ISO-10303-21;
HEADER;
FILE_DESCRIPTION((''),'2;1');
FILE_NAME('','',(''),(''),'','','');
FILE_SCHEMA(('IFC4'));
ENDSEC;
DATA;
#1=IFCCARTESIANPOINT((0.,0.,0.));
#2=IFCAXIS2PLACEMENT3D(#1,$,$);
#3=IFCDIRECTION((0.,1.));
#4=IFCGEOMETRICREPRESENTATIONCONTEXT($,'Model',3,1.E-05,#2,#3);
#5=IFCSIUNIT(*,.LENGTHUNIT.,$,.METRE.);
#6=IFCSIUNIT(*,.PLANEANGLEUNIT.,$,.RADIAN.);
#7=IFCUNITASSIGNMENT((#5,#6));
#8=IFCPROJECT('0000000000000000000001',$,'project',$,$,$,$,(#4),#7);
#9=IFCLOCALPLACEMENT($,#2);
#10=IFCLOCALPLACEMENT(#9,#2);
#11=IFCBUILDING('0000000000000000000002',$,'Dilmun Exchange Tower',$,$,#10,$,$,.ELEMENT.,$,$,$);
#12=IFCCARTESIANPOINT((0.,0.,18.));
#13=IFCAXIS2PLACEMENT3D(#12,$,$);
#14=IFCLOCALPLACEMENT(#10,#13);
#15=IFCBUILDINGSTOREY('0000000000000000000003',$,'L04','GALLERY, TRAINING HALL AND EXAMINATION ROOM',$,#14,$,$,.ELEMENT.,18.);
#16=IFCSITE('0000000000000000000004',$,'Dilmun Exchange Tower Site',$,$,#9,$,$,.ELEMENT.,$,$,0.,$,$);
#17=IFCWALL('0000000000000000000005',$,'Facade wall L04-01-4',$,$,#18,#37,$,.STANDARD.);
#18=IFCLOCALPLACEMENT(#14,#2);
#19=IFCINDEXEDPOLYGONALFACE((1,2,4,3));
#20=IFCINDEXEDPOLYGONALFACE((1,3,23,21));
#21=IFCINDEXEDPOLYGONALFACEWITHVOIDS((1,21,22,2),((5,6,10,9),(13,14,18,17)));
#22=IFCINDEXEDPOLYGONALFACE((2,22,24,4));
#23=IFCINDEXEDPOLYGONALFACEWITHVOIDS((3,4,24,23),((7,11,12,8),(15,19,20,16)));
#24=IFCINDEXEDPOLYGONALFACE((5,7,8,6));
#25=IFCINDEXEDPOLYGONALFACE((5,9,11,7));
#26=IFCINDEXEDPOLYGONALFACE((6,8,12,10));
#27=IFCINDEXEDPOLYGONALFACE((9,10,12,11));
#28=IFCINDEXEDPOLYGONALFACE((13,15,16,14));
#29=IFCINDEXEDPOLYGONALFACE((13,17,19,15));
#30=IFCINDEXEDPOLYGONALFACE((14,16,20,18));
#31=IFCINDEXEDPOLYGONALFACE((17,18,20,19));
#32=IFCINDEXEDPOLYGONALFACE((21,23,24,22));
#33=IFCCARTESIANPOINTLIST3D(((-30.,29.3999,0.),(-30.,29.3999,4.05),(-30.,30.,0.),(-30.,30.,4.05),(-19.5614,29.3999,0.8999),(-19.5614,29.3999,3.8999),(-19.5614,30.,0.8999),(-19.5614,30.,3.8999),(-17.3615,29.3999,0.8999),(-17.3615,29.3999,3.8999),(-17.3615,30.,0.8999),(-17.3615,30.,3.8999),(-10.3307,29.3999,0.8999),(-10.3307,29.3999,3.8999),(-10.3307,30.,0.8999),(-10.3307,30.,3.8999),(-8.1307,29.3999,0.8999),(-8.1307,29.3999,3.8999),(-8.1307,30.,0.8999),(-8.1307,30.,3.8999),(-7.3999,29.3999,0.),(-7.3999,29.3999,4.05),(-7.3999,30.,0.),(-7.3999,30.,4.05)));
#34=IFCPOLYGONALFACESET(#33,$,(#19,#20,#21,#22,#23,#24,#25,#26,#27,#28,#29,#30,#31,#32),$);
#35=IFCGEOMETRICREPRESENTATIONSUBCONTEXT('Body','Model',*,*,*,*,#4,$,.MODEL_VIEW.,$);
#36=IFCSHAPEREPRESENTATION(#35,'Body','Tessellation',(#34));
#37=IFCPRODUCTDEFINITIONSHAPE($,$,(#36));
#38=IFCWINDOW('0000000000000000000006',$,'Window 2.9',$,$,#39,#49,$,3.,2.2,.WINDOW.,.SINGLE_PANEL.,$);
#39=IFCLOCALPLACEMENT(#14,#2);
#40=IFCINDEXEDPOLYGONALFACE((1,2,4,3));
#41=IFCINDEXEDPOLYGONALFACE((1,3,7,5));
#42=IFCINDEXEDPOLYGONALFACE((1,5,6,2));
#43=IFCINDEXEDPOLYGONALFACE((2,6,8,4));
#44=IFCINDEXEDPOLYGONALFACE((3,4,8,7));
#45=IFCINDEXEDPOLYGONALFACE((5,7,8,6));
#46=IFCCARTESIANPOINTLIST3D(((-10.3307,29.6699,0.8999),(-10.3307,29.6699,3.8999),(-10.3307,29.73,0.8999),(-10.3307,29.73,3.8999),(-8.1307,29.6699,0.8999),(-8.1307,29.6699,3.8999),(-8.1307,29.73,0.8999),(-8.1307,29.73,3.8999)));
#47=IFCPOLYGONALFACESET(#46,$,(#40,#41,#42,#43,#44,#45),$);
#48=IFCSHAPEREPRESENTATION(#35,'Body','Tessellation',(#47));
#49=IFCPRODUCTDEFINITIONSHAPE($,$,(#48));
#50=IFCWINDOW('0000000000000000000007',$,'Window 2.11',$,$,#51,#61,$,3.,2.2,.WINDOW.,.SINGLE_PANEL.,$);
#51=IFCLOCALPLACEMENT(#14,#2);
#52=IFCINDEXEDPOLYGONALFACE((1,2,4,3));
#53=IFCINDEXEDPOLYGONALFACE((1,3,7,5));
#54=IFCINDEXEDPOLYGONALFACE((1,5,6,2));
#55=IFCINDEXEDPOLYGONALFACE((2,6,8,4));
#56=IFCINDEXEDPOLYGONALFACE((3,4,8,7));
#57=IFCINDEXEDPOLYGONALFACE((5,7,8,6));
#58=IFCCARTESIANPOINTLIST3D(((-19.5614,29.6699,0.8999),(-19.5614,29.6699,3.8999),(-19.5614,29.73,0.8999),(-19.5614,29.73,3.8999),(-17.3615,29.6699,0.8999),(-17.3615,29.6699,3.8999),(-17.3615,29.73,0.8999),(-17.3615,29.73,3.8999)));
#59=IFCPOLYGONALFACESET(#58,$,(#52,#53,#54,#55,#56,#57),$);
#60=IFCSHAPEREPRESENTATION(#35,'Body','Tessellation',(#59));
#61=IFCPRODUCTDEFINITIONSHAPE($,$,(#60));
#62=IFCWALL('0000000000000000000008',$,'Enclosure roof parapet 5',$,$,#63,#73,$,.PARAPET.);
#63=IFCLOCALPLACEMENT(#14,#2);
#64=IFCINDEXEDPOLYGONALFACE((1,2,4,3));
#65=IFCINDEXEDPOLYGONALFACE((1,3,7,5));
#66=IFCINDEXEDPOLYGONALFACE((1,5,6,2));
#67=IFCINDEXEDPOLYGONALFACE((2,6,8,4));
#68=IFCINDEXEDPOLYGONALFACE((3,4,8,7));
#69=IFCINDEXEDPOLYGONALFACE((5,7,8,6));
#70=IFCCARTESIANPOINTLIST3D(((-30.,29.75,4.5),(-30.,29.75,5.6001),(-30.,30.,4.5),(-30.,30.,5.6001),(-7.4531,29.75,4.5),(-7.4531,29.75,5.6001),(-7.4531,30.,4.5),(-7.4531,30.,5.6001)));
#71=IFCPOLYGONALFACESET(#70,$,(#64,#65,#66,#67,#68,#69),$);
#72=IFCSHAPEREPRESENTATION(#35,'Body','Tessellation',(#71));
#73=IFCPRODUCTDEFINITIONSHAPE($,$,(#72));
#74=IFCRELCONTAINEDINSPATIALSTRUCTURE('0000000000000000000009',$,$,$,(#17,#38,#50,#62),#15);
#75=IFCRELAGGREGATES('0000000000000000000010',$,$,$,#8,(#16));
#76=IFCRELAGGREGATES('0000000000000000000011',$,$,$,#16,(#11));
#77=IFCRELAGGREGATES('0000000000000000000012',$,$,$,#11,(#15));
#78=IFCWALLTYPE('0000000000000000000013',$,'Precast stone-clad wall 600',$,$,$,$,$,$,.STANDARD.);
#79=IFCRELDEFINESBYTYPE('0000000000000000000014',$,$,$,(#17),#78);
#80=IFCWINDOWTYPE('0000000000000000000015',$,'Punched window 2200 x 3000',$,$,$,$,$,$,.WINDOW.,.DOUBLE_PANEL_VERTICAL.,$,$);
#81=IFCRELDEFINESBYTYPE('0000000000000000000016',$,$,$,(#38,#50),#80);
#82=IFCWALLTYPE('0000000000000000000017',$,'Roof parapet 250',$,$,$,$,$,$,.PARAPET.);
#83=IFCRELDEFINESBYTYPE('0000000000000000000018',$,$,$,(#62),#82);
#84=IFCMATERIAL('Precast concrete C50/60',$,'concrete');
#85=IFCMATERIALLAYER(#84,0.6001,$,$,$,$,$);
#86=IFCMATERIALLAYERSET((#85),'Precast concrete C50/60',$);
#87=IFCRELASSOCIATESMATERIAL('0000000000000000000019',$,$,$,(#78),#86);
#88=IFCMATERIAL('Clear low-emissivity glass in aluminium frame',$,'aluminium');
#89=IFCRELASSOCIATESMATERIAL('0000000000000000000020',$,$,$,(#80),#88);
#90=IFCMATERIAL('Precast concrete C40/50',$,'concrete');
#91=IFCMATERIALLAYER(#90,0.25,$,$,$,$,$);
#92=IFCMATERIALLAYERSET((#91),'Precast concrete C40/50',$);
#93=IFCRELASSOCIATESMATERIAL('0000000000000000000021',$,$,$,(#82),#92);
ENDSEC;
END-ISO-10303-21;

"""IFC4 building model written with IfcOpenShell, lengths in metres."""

from ifc_helpers import new_model, si_unit, direction, frame, frame_2d, origin, place, context, subcontext, project, spatial, rectangle, extrude, material, layer, layer_set, type_object, element, fill, save


model = new_model("IFC4")

# Units and contexts
model_context = context("Model", 3, precision=1e-05, world=origin(), true_north=direction((0.0, 1.0)))
body_context = subcontext(model_context, "Body", "Model", "MODEL_VIEW")
ifc_project = project(units=[si_unit("LENGTHUNIT", "METRE"), si_unit("PLANEANGLEUNIT", "RADIAN")], contexts=[model_context])

# Site, building, storey
site_placement = place(None, origin())
site = spatial("IfcSite", under=ifc_project, at=site_placement, Name="Dilmun Exchange Tower Site", CompositionType="ELEMENT", RefElevation=0.0)
building_placement = place(site_placement, origin())
building = spatial("IfcBuilding", under=site, at=building_placement, Name="Dilmun Exchange Tower", CompositionType="ELEMENT")
storey_placement = place(building_placement, frame((0.0, 0.0, 18.0)))
storey = spatial("IfcBuildingStorey", under=building, at=storey_placement, Name="L04", Description="GALLERY, TRAINING HALL AND EXAMINATION ROOM", CompositionType="ELEMENT", Elevation=18.0)

# Shared definitions
ifc_material_1 = material(Name="Precast concrete C50/60", Category="concrete")
ifc_layer_1 = layer(ifc_material_1, 0.6001)
ifc_layer_set_1 = layer_set([ifc_layer_1], Name="Precast concrete C50/60")
wall_type_1 = type_object("IfcWallType", Name="Precast stone-clad wall 600", PredefinedType="STANDARD", material=ifc_layer_set_1)
ifc_material_2 = material(Name="Clear low-emissivity glass in aluminium frame", Category="aluminium")

# Wall, openings, windows
wall_1_placement = place(storey_placement, frame((-7.3999, 29.7, 0.0), z_axis=(0.0, 0.0, 1.0), x_axis=(-1.0, 0.0, 0.0)))
wall_1 = element("IfcWall", 1, at=wall_1_placement, inside=storey, type_object=wall_type_1, Name="Facade wall L04-01-4", PredefinedType="STANDARD", context=body_context, shape_type="SweptSolid", body=[
    extrude(rectangle(XDim=22.6001, YDim=0.6001, at=frame_2d((11.3, 0.0))), origin(), (0.0, 0.0, 1.0), 4.05),
])
opening_1_placement = place(wall_1_placement, frame((0.7307, 0.0, 0.8999)))
opening_1 = element("IfcOpeningElement", 2, at=opening_1_placement, cuts=wall_1, PredefinedType="OPENING", context=body_context, shape_type="SweptSolid", body=[
    extrude(rectangle(XDim=2.2, YDim=3.0, at=frame_2d((1.1001, 1.5))), frame((0.0, 0.3101, 0.0), z_axis=(0.0, -1.0, 0.0), x_axis=(1.0, 0.0, 0.0)), (0.0, 0.0, 1.0), 0.6201),
])
opening_2_placement = place(wall_1_placement, frame((9.9614, 0.0, 0.8999)))
opening_2 = element("IfcOpeningElement", 3, at=opening_2_placement, cuts=wall_1, PredefinedType="OPENING", context=body_context, shape_type="SweptSolid", body=[
    extrude(rectangle(XDim=2.2, YDim=3.0, at=frame_2d((1.1001, 1.5))), frame((0.0, 0.3101, 0.0), z_axis=(0.0, -1.0, 0.0), x_axis=(1.0, 0.0, 0.0)), (0.0, 0.0, 1.0), 0.6201),
])
window_type = type_object("IfcWindowType", Name="Punched window 2200 x 3000", PartitioningType="DOUBLE_PANEL_VERTICAL", PredefinedType="WINDOW", material=ifc_material_2)
window_1_placement = place(opening_1_placement, origin())
window_1 = element("IfcWindow", 4, at=window_1_placement, inside=storey, type_object=window_type, Name="Window 2.9", OverallHeight=3.0, OverallWidth=2.2, PartitioningType="SINGLE_PANEL", PredefinedType="WINDOW", context=body_context, shape_type="SweptSolid", body=[
    extrude(rectangle(XDim=2.2, YDim=3.0, at=frame_2d((1.1001, 1.5))), frame((0.0, 0.03, 0.0), z_axis=(0.0, -1.0, 0.0), x_axis=(1.0, 0.0, 0.0)), (0.0, 0.0, 1.0), 0.0601),
])
fill(opening_1, window_1)
window_2_placement = place(opening_2_placement, origin())
window_2 = element("IfcWindow", 5, at=window_2_placement, inside=storey, type_object=window_type, Name="Window 2.11", OverallHeight=3.0, OverallWidth=2.2, PartitioningType="SINGLE_PANEL", PredefinedType="WINDOW", context=body_context, shape_type="SweptSolid", body=[
    extrude(rectangle(XDim=2.2, YDim=3.0, at=frame_2d((1.1001, 1.5))), frame((0.0, 0.03, 0.0), z_axis=(0.0, -1.0, 0.0), x_axis=(1.0, 0.0, 0.0)), (0.0, 0.0, 1.0), 0.0601),
])
fill(opening_2, window_2)

# Wall
ifc_material_3 = material(Name="Precast concrete C40/50", Category="concrete")
ifc_layer_2 = layer(ifc_material_3, 0.25)
ifc_layer_set_2 = layer_set([ifc_layer_2], Name="Precast concrete C40/50")
wall_type_2 = type_object("IfcWallType", Name="Roof parapet 250", PredefinedType="PARAPET", material=ifc_layer_set_2)
wall_2_placement = place(storey_placement, frame((-7.4531, 29.875, 4.5), z_axis=(0.0, 0.0, 1.0), x_axis=(-1.0, 0.0, 0.0)))
element("IfcWall", 6, at=wall_2_placement, inside=storey, type_object=wall_type_2, Name="Enclosure roof parapet 5", PredefinedType="PARAPET", context=body_context, shape_type="SweptSolid", body=[
    extrude(rectangle(XDim=22.5469, YDim=0.25, at=frame_2d((11.2734, 0.0))), origin(), (0.0, 0.0, 1.0), 1.1001),
])

save(model, "model.ifc")
